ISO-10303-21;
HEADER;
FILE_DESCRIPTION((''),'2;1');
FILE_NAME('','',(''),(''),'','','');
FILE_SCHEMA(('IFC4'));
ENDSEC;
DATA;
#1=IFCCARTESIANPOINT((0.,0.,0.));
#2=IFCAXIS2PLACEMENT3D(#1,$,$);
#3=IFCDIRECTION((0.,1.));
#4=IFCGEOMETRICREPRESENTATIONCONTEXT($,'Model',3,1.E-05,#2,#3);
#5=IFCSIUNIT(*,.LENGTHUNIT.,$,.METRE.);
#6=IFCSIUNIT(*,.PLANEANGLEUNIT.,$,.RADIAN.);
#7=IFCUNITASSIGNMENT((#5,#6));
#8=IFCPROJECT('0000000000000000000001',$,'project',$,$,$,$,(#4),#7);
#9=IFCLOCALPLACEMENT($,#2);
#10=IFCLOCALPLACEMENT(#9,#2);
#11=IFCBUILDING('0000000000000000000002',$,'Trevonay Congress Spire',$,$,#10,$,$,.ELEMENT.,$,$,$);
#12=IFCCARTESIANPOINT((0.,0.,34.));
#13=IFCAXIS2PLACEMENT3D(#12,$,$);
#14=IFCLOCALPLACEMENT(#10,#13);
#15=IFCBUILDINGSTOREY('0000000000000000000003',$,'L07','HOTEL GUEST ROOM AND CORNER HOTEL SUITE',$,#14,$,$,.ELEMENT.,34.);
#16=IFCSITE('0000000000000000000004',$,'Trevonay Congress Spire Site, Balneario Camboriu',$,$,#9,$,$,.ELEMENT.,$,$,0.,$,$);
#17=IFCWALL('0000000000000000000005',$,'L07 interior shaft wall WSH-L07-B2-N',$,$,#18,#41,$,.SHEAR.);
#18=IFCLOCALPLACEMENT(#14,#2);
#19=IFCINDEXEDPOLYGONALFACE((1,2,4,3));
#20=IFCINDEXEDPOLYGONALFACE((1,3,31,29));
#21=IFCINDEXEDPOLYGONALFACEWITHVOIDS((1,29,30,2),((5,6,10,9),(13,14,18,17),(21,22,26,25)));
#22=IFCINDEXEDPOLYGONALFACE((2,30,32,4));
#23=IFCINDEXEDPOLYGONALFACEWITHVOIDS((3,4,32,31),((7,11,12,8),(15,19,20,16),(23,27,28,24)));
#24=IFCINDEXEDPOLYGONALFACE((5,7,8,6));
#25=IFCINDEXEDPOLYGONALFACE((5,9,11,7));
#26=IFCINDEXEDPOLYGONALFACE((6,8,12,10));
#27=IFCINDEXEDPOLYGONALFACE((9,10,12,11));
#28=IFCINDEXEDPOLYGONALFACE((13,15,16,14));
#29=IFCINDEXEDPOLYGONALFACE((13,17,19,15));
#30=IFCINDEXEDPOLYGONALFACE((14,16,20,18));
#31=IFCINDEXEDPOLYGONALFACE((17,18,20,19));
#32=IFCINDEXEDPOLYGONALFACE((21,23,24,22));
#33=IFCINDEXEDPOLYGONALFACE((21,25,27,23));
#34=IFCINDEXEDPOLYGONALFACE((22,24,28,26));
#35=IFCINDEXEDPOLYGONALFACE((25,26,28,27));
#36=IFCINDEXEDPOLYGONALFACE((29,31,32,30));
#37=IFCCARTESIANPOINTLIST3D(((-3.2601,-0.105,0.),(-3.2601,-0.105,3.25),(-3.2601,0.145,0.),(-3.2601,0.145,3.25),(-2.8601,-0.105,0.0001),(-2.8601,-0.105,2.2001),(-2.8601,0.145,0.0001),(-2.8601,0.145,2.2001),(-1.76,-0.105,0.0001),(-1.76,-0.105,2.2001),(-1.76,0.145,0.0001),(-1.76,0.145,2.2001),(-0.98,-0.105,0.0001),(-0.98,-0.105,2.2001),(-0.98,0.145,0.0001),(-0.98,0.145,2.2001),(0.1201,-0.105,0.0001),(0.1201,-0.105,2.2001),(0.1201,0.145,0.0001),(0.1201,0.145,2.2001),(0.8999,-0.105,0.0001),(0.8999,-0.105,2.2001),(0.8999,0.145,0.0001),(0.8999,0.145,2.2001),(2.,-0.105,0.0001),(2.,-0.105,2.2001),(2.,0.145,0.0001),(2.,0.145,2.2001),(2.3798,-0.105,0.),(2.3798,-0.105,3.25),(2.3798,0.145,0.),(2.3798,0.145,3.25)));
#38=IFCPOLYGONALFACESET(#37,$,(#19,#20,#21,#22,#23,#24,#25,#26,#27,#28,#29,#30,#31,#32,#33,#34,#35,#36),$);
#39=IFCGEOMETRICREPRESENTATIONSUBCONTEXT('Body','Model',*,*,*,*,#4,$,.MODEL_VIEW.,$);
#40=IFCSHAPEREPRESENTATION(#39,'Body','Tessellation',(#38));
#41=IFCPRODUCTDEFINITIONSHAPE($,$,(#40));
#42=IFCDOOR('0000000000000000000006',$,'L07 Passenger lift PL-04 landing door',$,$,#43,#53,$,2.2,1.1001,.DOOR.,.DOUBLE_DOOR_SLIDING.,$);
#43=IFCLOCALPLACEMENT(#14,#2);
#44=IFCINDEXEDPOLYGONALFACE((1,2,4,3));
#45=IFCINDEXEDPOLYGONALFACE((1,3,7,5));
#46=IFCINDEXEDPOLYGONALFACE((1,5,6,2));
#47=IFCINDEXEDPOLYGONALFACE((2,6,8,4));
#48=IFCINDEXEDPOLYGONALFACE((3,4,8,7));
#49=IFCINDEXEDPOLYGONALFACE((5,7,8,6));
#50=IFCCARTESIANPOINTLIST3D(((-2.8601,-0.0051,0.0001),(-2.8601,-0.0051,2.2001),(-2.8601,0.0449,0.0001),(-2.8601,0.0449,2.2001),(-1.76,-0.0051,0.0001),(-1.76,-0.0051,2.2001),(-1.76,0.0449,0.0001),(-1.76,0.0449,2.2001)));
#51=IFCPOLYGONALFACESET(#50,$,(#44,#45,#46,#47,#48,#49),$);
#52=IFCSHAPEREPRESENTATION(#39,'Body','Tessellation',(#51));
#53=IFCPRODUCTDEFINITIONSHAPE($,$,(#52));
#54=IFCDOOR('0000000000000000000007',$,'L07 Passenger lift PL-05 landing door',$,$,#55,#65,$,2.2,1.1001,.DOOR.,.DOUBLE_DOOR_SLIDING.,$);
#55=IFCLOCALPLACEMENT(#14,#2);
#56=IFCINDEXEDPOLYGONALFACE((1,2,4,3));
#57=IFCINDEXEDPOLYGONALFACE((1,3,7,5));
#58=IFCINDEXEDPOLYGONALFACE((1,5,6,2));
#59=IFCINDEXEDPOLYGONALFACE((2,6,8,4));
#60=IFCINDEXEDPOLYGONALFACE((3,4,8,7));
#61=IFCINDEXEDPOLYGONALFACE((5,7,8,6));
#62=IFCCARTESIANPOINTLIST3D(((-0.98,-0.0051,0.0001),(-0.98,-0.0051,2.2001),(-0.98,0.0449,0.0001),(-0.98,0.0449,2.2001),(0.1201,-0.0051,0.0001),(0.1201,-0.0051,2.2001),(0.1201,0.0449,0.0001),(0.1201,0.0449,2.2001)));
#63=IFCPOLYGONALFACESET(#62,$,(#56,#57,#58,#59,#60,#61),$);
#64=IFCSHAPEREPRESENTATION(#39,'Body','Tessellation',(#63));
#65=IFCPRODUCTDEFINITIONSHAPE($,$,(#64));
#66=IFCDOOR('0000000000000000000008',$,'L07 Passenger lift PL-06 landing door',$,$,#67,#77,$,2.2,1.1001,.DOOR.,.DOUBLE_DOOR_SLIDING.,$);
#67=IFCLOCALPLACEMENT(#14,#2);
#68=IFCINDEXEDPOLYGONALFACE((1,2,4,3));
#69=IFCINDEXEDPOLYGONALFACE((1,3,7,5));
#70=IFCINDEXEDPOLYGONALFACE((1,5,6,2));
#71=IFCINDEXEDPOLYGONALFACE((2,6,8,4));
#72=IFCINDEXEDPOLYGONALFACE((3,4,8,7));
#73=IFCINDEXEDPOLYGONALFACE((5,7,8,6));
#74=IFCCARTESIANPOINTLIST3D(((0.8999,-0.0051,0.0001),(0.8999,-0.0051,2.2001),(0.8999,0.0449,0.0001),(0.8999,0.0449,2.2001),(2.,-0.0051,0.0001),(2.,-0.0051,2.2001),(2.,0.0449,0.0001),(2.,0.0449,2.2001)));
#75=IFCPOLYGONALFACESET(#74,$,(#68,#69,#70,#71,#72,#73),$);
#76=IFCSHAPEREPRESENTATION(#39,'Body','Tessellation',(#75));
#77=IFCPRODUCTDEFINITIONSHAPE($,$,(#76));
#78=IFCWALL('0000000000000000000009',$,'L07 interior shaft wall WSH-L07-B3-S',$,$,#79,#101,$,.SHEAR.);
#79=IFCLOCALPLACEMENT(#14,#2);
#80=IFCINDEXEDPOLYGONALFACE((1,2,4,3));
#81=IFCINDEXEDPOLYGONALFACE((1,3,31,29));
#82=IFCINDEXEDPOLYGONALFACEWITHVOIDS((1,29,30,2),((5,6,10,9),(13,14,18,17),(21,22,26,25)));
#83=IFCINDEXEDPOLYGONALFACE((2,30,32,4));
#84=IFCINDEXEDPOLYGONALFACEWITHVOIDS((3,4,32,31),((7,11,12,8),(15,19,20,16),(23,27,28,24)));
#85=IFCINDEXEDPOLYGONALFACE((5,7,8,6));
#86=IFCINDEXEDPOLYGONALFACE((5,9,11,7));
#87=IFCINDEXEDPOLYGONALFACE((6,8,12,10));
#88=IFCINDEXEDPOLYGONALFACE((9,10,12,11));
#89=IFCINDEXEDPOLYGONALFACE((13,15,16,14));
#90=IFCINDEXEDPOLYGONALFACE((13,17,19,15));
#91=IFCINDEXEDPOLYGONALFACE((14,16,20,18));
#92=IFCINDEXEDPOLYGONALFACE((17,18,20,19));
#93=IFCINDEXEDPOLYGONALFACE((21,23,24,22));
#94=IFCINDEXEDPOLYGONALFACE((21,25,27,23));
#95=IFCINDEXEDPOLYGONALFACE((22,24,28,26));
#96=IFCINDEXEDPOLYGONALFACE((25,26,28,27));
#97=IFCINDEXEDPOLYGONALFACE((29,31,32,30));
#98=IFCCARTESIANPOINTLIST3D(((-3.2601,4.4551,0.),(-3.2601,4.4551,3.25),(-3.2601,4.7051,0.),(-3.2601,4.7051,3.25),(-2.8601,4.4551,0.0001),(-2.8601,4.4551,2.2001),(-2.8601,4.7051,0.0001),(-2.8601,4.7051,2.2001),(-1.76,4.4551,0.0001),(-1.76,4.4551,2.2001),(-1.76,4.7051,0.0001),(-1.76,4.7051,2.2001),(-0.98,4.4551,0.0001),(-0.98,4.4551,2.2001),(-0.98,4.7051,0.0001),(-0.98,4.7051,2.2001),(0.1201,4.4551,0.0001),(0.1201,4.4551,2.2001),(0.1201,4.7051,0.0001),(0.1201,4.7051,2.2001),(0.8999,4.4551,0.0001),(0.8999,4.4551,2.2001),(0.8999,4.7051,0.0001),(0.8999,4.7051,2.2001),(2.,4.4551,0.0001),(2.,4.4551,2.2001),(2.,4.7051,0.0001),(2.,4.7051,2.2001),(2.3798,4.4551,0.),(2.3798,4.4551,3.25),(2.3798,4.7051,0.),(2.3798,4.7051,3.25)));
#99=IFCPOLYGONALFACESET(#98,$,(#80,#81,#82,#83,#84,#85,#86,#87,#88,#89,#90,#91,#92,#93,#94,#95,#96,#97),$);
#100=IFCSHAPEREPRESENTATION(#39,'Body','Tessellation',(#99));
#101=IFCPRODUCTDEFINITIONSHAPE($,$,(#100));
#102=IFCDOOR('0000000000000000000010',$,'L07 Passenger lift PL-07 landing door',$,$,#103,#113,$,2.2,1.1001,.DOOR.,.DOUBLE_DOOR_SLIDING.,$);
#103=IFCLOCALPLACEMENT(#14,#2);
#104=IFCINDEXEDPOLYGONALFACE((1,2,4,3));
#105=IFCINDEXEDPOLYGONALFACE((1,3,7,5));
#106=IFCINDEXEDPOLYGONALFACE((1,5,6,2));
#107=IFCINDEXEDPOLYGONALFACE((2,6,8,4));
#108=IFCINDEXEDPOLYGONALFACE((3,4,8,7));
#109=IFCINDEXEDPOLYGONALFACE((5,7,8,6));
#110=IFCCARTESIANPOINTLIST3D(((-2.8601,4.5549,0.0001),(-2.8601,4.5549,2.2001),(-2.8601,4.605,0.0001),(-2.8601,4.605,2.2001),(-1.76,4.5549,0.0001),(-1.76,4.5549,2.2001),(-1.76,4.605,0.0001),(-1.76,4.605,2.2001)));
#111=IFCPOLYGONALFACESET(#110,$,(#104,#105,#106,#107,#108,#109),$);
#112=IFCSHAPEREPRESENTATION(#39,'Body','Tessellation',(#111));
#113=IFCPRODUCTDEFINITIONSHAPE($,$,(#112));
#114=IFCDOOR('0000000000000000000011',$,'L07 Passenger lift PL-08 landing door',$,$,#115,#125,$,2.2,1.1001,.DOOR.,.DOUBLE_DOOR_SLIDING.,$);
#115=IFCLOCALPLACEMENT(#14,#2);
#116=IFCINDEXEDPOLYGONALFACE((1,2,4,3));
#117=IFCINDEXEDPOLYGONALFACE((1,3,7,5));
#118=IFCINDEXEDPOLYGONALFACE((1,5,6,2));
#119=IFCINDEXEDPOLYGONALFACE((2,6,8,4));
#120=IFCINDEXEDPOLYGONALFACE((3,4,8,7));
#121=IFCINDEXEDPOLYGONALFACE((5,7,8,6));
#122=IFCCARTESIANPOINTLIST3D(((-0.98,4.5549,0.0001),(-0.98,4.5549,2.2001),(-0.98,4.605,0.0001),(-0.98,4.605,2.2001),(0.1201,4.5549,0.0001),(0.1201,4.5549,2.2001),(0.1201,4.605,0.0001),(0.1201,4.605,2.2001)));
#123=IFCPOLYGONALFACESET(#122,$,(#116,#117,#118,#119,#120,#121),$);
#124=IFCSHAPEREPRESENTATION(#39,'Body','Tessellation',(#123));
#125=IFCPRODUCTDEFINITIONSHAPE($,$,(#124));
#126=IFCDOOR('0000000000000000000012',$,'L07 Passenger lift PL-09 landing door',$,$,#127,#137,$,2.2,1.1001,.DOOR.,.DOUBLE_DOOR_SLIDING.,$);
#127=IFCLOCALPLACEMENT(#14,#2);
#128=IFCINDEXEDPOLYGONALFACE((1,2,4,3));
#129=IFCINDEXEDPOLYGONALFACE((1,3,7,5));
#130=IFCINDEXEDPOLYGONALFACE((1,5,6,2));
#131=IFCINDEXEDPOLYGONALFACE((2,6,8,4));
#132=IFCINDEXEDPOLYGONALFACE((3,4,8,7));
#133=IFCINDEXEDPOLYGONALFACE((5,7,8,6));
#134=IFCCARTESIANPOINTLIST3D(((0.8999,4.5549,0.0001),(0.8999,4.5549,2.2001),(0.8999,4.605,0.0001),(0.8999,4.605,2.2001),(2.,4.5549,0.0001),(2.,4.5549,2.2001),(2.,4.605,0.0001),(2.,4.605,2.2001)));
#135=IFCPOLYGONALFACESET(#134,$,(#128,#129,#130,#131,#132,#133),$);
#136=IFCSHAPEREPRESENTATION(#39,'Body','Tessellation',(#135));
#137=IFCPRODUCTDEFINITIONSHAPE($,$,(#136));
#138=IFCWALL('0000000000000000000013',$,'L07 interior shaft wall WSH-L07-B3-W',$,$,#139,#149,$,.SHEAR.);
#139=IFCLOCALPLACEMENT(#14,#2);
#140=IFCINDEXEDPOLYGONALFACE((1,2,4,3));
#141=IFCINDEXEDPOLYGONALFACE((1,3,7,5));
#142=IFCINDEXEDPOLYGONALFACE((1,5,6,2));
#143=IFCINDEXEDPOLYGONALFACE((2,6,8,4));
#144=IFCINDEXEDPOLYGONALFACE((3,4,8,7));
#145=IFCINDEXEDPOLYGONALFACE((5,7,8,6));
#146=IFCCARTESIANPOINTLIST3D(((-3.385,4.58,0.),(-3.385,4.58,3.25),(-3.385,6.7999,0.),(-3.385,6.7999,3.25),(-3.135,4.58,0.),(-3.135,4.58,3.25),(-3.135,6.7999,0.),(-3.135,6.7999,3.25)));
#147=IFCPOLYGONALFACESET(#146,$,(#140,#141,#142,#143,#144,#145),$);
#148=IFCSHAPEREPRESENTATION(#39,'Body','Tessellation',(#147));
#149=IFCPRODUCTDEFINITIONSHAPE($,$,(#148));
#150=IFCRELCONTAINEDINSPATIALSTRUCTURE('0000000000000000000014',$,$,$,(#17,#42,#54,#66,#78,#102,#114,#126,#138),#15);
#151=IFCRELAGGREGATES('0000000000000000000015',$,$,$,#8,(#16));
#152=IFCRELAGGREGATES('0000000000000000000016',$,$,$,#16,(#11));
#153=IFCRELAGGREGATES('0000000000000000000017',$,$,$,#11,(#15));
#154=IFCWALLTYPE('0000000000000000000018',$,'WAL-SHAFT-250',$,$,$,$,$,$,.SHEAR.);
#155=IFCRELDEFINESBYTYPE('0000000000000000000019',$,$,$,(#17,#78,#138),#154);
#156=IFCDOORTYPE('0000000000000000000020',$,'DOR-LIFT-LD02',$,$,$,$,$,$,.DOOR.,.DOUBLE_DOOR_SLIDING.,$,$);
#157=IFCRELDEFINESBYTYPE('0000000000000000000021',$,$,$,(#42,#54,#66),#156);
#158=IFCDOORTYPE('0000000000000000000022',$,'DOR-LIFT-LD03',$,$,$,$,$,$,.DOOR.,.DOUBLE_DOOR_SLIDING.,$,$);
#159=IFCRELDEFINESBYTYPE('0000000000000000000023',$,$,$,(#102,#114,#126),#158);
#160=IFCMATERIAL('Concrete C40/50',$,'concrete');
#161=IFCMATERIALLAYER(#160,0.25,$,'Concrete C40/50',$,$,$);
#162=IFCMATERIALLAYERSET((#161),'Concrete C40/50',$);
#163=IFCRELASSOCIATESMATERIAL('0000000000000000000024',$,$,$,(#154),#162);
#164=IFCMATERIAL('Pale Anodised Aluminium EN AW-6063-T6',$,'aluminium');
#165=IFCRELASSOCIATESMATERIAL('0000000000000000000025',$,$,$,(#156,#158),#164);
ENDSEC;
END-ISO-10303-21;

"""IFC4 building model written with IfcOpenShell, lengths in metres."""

from ifc_helpers import new_model, si_unit, direction, frame, frame_2d, origin, place, context, subcontext, project, spatial, rectangle, extrude, material, layer, layer_set, type_object, element, fill, save


model = new_model("IFC4")

# Units and contexts
model_context = context("Model", 3, precision=1e-05, world=origin(), true_north=direction((0.0, 1.0)))
body_context = subcontext(model_context, "Body", "Model", "MODEL_VIEW")
ifc_project = project(units=[si_unit("LENGTHUNIT", "METRE"), si_unit("PLANEANGLEUNIT", "RADIAN")], contexts=[model_context])

# Site, building, storey
site_placement = place(None, origin())
site = spatial("IfcSite", under=ifc_project, at=site_placement, Name="Trevonay Congress Spire Site, Balneario Camboriu", CompositionType="ELEMENT", RefElevation=0.0)
building_placement = place(site_placement, origin())
building = spatial("IfcBuilding", under=site, at=building_placement, Name="Trevonay Congress Spire", CompositionType="ELEMENT")
storey_placement = place(building_placement, frame((0.0, 0.0, 34.0)))
storey = spatial("IfcBuildingStorey", under=building, at=storey_placement, Name="L07", Description="HOTEL GUEST ROOM AND CORNER HOTEL SUITE", CompositionType="ELEMENT", Elevation=34.0)

# Shared definitions
ifc_material_1 = material(Name="Concrete C40/50", Category="concrete")
ifc_material_2 = material(Name="Pale Anodised Aluminium EN AW-6063-T6", Category="aluminium")

# Walls, openings, doors
ifc_layer_1 = layer(ifc_material_1, 0.25, Name="Concrete C40/50")
ifc_layer_set_1 = layer_set([ifc_layer_1], Name="Concrete C40/50")
wall_type_1 = type_object("IfcWallType", Name="WAL-SHAFT-250", PredefinedType="SHEAR", material=ifc_layer_set_1)
wall_1_placement = place(storey_placement, frame((-3.26, 0.02, 0.0), z_axis=(0.0, 0.0, 1.0), x_axis=(1.0, 0.0, 0.0)))
wall_1 = element("IfcWall", 1, at=wall_1_placement, inside=storey, type_object=wall_type_1, Name="L07 interior shaft wall WSH-L07-B2-N", PredefinedType="SHEAR", context=body_context, shape_type="SweptSolid", body=[
    extrude(rectangle(XDim=5.6399, YDim=0.25, at=frame_2d((2.8198, 0.0))), origin(), (0.0, 0.0, 1.0), 3.25),
])
opening_1_placement = place(wall_1_placement, frame((0.3999, 0.0, 0.0)))
opening_1 = element("IfcOpeningElement", 2, at=opening_1_placement, cuts=wall_1, PredefinedType="OPENING", context=body_context, shape_type="SweptSolid", body=[
    extrude(rectangle(XDim=1.1001, YDim=2.2, at=frame_2d((0.55, 1.1001))), frame((0.0, 0.135, 0.0), z_axis=(0.0, -1.0, 0.0), x_axis=(1.0, 0.0, 0.0)), (0.0, 0.0, 1.0), 0.27),
])
opening_2_placement = place(wall_1_placement, frame((2.28, 0.0, 0.0)))
opening_2 = element("IfcOpeningElement", 3, at=opening_2_placement, cuts=wall_1, PredefinedType="OPENING", context=body_context, shape_type="SweptSolid", body=[
    extrude(rectangle(XDim=1.1001, YDim=2.2, at=frame_2d((0.55, 1.1001))), frame((0.0, 0.135, 0.0), z_axis=(0.0, -1.0, 0.0), x_axis=(1.0, 0.0, 0.0)), (0.0, 0.0, 1.0), 0.27),
])
opening_3_placement = place(wall_1_placement, frame((4.1599, 0.0, 0.0)))
opening_3 = element("IfcOpeningElement", 4, at=opening_3_placement, cuts=wall_1, PredefinedType="OPENING", context=body_context, shape_type="SweptSolid", body=[
    extrude(rectangle(XDim=1.1001, YDim=2.2, at=frame_2d((0.55, 1.1001))), frame((0.0, 0.135, 0.0), z_axis=(0.0, -1.0, 0.0), x_axis=(1.0, 0.0, 0.0)), (0.0, 0.0, 1.0), 0.27),
])
door_type_1 = type_object("IfcDoorType", Name="DOR-LIFT-LD02", OperationType="DOUBLE_DOOR_SLIDING", PredefinedType="DOOR", material=ifc_material_2)
door_1_placement = place(opening_1_placement, origin())
door_1 = element("IfcDoor", 5, at=door_1_placement, inside=storey, type_object=door_type_1, Name="L07 Passenger lift PL-04 landing door", OperationType="DOUBLE_DOOR_SLIDING", OverallHeight=2.2, OverallWidth=1.1001, PredefinedType="DOOR", context=body_context, shape_type="SweptSolid", body=[
    extrude(rectangle(XDim=1.1001, YDim=2.2, at=frame_2d((0.55, 1.1001))), frame((0.0, 0.0249, 0.0), z_axis=(0.0, -1.0, 0.0), x_axis=(1.0, 0.0, 0.0)), (0.0, 0.0, 1.0), 0.05),
])
fill(opening_1, door_1)
door_2_placement = place(opening_2_placement, origin())
door_2 = element("IfcDoor", 6, at=door_2_placement, inside=storey, type_object=door_type_1, Name="L07 Passenger lift PL-05 landing door", OperationType="DOUBLE_DOOR_SLIDING", OverallHeight=2.2, OverallWidth=1.1001, PredefinedType="DOOR", context=body_context, shape_type="SweptSolid", body=[
    extrude(rectangle(XDim=1.1001, YDim=2.2, at=frame_2d((0.55, 1.1001))), frame((0.0, 0.0249, 0.0), z_axis=(0.0, -1.0, 0.0), x_axis=(1.0, 0.0, 0.0)), (0.0, 0.0, 1.0), 0.05),
])
fill(opening_2, door_2)
door_3_placement = place(opening_3_placement, origin())
door_3 = element("IfcDoor", 7, at=door_3_placement, inside=storey, type_object=door_type_1, Name="L07 Passenger lift PL-06 landing door", OperationType="DOUBLE_DOOR_SLIDING", OverallHeight=2.2, OverallWidth=1.1001, PredefinedType="DOOR", context=body_context, shape_type="SweptSolid", body=[
    extrude(rectangle(XDim=1.1001, YDim=2.2, at=frame_2d((0.55, 1.1001))), frame((0.0, 0.0249, 0.0), z_axis=(0.0, -1.0, 0.0), x_axis=(1.0, 0.0, 0.0)), (0.0, 0.0, 1.0), 0.05),
])
fill(opening_3, door_3)
wall_2_placement = place(storey_placement, frame((-3.26, 4.5801, 0.0), z_axis=(0.0, 0.0, 1.0), x_axis=(1.0, 0.0, 0.0)))
wall_2 = element("IfcWall", 8, at=wall_2_placement, inside=storey, type_object=wall_type_1, Name="L07 interior shaft wall WSH-L07-B3-S", PredefinedType="SHEAR", context=body_context, shape_type="SweptSolid", body=[
    extrude(rectangle(XDim=5.6399, YDim=0.25, at=frame_2d((2.8198, 0.0))), origin(), (0.0, 0.0, 1.0), 3.25),
])
opening_4_placement = place(wall_2_placement, frame((0.3999, 0.0, 0.0)))
opening_4 = element("IfcOpeningElement", 9, at=opening_4_placement, cuts=wall_2, PredefinedType="OPENING", context=body_context, shape_type="SweptSolid", body=[
    extrude(rectangle(XDim=1.1001, YDim=2.2, at=frame_2d((0.55, 1.1001))), frame((0.0, 0.135, 0.0), z_axis=(0.0, -1.0, 0.0), x_axis=(1.0, 0.0, 0.0)), (0.0, 0.0, 1.0), 0.27),
])
opening_5_placement = place(wall_2_placement, frame((2.28, 0.0, 0.0)))
opening_5 = element("IfcOpeningElement", 10, at=opening_5_placement, cuts=wall_2, PredefinedType="OPENING", context=body_context, shape_type="SweptSolid", body=[
    extrude(rectangle(XDim=1.1001, YDim=2.2, at=frame_2d((0.55, 1.1001))), frame((0.0, 0.135, 0.0), z_axis=(0.0, -1.0, 0.0), x_axis=(1.0, 0.0, 0.0)), (0.0, 0.0, 1.0), 0.27),
])
opening_6_placement = place(wall_2_placement, frame((4.1599, 0.0, 0.0)))
opening_6 = element("IfcOpeningElement", 11, at=opening_6_placement, cuts=wall_2, PredefinedType="OPENING", context=body_context, shape_type="SweptSolid", body=[
    extrude(rectangle(XDim=1.1001, YDim=2.2, at=frame_2d((0.55, 1.1001))), frame((0.0, 0.135, 0.0), z_axis=(0.0, -1.0, 0.0), x_axis=(1.0, 0.0, 0.0)), (0.0, 0.0, 1.0), 0.27),
])
door_type_2 = type_object("IfcDoorType", Name="DOR-LIFT-LD03", OperationType="DOUBLE_DOOR_SLIDING", PredefinedType="DOOR", material=ifc_material_2)
door_4_placement = place(opening_4_placement, origin())
door_4 = element("IfcDoor", 12, at=door_4_placement, inside=storey, type_object=door_type_2, Name="L07 Passenger lift PL-07 landing door", OperationType="DOUBLE_DOOR_SLIDING", OverallHeight=2.2, OverallWidth=1.1001, PredefinedType="DOOR", context=body_context, shape_type="SweptSolid", body=[
    extrude(rectangle(XDim=1.1001, YDim=2.2, at=frame_2d((0.55, 1.1001))), frame((0.0, 0.0249, 0.0), z_axis=(0.0, -1.0, 0.0), x_axis=(1.0, 0.0, 0.0)), (0.0, 0.0, 1.0), 0.05),
])
fill(opening_4, door_4)
door_5_placement = place(opening_5_placement, origin())
door_5 = element("IfcDoor", 13, at=door_5_placement, inside=storey, type_object=door_type_2, Name="L07 Passenger lift PL-08 landing door", OperationType="DOUBLE_DOOR_SLIDING", OverallHeight=2.2, OverallWidth=1.1001, PredefinedType="DOOR", context=body_context, shape_type="SweptSolid", body=[
    extrude(rectangle(XDim=1.1001, YDim=2.2, at=frame_2d((0.55, 1.1001))), frame((0.0, 0.0249, 0.0), z_axis=(0.0, -1.0, 0.0), x_axis=(1.0, 0.0, 0.0)), (0.0, 0.0, 1.0), 0.05),
])
fill(opening_5, door_5)
door_6_placement = place(opening_6_placement, origin())
door_6 = element("IfcDoor", 14, at=door_6_placement, inside=storey, type_object=door_type_2, Name="L07 Passenger lift PL-09 landing door", OperationType="DOUBLE_DOOR_SLIDING", OverallHeight=2.2, OverallWidth=1.1001, PredefinedType="DOOR", context=body_context, shape_type="SweptSolid", body=[
    extrude(rectangle(XDim=1.1001, YDim=2.2, at=frame_2d((0.55, 1.1001))), frame((0.0, 0.0249, 0.0), z_axis=(0.0, -1.0, 0.0), x_axis=(1.0, 0.0, 0.0)), (0.0, 0.0, 1.0), 0.05),
])
fill(opening_6, door_6)

# Wall
wall_3_placement = place(storey_placement, frame((-3.26, 4.5801, 0.0), z_axis=(0.0, 0.0, 1.0), x_axis=(0.0, 1.0, 0.0)))
element("IfcWall", 15, at=wall_3_placement, inside=storey, type_object=wall_type_1, Name="L07 interior shaft wall WSH-L07-B3-W", PredefinedType="SHEAR", context=body_context, shape_type="SweptSolid", body=[
    extrude(rectangle(XDim=2.22, YDim=0.25, at=frame_2d((1.1099, 0.0))), origin(), (0.0, 0.0, 1.0), 3.25),
])

save(model, "model.ifc")
